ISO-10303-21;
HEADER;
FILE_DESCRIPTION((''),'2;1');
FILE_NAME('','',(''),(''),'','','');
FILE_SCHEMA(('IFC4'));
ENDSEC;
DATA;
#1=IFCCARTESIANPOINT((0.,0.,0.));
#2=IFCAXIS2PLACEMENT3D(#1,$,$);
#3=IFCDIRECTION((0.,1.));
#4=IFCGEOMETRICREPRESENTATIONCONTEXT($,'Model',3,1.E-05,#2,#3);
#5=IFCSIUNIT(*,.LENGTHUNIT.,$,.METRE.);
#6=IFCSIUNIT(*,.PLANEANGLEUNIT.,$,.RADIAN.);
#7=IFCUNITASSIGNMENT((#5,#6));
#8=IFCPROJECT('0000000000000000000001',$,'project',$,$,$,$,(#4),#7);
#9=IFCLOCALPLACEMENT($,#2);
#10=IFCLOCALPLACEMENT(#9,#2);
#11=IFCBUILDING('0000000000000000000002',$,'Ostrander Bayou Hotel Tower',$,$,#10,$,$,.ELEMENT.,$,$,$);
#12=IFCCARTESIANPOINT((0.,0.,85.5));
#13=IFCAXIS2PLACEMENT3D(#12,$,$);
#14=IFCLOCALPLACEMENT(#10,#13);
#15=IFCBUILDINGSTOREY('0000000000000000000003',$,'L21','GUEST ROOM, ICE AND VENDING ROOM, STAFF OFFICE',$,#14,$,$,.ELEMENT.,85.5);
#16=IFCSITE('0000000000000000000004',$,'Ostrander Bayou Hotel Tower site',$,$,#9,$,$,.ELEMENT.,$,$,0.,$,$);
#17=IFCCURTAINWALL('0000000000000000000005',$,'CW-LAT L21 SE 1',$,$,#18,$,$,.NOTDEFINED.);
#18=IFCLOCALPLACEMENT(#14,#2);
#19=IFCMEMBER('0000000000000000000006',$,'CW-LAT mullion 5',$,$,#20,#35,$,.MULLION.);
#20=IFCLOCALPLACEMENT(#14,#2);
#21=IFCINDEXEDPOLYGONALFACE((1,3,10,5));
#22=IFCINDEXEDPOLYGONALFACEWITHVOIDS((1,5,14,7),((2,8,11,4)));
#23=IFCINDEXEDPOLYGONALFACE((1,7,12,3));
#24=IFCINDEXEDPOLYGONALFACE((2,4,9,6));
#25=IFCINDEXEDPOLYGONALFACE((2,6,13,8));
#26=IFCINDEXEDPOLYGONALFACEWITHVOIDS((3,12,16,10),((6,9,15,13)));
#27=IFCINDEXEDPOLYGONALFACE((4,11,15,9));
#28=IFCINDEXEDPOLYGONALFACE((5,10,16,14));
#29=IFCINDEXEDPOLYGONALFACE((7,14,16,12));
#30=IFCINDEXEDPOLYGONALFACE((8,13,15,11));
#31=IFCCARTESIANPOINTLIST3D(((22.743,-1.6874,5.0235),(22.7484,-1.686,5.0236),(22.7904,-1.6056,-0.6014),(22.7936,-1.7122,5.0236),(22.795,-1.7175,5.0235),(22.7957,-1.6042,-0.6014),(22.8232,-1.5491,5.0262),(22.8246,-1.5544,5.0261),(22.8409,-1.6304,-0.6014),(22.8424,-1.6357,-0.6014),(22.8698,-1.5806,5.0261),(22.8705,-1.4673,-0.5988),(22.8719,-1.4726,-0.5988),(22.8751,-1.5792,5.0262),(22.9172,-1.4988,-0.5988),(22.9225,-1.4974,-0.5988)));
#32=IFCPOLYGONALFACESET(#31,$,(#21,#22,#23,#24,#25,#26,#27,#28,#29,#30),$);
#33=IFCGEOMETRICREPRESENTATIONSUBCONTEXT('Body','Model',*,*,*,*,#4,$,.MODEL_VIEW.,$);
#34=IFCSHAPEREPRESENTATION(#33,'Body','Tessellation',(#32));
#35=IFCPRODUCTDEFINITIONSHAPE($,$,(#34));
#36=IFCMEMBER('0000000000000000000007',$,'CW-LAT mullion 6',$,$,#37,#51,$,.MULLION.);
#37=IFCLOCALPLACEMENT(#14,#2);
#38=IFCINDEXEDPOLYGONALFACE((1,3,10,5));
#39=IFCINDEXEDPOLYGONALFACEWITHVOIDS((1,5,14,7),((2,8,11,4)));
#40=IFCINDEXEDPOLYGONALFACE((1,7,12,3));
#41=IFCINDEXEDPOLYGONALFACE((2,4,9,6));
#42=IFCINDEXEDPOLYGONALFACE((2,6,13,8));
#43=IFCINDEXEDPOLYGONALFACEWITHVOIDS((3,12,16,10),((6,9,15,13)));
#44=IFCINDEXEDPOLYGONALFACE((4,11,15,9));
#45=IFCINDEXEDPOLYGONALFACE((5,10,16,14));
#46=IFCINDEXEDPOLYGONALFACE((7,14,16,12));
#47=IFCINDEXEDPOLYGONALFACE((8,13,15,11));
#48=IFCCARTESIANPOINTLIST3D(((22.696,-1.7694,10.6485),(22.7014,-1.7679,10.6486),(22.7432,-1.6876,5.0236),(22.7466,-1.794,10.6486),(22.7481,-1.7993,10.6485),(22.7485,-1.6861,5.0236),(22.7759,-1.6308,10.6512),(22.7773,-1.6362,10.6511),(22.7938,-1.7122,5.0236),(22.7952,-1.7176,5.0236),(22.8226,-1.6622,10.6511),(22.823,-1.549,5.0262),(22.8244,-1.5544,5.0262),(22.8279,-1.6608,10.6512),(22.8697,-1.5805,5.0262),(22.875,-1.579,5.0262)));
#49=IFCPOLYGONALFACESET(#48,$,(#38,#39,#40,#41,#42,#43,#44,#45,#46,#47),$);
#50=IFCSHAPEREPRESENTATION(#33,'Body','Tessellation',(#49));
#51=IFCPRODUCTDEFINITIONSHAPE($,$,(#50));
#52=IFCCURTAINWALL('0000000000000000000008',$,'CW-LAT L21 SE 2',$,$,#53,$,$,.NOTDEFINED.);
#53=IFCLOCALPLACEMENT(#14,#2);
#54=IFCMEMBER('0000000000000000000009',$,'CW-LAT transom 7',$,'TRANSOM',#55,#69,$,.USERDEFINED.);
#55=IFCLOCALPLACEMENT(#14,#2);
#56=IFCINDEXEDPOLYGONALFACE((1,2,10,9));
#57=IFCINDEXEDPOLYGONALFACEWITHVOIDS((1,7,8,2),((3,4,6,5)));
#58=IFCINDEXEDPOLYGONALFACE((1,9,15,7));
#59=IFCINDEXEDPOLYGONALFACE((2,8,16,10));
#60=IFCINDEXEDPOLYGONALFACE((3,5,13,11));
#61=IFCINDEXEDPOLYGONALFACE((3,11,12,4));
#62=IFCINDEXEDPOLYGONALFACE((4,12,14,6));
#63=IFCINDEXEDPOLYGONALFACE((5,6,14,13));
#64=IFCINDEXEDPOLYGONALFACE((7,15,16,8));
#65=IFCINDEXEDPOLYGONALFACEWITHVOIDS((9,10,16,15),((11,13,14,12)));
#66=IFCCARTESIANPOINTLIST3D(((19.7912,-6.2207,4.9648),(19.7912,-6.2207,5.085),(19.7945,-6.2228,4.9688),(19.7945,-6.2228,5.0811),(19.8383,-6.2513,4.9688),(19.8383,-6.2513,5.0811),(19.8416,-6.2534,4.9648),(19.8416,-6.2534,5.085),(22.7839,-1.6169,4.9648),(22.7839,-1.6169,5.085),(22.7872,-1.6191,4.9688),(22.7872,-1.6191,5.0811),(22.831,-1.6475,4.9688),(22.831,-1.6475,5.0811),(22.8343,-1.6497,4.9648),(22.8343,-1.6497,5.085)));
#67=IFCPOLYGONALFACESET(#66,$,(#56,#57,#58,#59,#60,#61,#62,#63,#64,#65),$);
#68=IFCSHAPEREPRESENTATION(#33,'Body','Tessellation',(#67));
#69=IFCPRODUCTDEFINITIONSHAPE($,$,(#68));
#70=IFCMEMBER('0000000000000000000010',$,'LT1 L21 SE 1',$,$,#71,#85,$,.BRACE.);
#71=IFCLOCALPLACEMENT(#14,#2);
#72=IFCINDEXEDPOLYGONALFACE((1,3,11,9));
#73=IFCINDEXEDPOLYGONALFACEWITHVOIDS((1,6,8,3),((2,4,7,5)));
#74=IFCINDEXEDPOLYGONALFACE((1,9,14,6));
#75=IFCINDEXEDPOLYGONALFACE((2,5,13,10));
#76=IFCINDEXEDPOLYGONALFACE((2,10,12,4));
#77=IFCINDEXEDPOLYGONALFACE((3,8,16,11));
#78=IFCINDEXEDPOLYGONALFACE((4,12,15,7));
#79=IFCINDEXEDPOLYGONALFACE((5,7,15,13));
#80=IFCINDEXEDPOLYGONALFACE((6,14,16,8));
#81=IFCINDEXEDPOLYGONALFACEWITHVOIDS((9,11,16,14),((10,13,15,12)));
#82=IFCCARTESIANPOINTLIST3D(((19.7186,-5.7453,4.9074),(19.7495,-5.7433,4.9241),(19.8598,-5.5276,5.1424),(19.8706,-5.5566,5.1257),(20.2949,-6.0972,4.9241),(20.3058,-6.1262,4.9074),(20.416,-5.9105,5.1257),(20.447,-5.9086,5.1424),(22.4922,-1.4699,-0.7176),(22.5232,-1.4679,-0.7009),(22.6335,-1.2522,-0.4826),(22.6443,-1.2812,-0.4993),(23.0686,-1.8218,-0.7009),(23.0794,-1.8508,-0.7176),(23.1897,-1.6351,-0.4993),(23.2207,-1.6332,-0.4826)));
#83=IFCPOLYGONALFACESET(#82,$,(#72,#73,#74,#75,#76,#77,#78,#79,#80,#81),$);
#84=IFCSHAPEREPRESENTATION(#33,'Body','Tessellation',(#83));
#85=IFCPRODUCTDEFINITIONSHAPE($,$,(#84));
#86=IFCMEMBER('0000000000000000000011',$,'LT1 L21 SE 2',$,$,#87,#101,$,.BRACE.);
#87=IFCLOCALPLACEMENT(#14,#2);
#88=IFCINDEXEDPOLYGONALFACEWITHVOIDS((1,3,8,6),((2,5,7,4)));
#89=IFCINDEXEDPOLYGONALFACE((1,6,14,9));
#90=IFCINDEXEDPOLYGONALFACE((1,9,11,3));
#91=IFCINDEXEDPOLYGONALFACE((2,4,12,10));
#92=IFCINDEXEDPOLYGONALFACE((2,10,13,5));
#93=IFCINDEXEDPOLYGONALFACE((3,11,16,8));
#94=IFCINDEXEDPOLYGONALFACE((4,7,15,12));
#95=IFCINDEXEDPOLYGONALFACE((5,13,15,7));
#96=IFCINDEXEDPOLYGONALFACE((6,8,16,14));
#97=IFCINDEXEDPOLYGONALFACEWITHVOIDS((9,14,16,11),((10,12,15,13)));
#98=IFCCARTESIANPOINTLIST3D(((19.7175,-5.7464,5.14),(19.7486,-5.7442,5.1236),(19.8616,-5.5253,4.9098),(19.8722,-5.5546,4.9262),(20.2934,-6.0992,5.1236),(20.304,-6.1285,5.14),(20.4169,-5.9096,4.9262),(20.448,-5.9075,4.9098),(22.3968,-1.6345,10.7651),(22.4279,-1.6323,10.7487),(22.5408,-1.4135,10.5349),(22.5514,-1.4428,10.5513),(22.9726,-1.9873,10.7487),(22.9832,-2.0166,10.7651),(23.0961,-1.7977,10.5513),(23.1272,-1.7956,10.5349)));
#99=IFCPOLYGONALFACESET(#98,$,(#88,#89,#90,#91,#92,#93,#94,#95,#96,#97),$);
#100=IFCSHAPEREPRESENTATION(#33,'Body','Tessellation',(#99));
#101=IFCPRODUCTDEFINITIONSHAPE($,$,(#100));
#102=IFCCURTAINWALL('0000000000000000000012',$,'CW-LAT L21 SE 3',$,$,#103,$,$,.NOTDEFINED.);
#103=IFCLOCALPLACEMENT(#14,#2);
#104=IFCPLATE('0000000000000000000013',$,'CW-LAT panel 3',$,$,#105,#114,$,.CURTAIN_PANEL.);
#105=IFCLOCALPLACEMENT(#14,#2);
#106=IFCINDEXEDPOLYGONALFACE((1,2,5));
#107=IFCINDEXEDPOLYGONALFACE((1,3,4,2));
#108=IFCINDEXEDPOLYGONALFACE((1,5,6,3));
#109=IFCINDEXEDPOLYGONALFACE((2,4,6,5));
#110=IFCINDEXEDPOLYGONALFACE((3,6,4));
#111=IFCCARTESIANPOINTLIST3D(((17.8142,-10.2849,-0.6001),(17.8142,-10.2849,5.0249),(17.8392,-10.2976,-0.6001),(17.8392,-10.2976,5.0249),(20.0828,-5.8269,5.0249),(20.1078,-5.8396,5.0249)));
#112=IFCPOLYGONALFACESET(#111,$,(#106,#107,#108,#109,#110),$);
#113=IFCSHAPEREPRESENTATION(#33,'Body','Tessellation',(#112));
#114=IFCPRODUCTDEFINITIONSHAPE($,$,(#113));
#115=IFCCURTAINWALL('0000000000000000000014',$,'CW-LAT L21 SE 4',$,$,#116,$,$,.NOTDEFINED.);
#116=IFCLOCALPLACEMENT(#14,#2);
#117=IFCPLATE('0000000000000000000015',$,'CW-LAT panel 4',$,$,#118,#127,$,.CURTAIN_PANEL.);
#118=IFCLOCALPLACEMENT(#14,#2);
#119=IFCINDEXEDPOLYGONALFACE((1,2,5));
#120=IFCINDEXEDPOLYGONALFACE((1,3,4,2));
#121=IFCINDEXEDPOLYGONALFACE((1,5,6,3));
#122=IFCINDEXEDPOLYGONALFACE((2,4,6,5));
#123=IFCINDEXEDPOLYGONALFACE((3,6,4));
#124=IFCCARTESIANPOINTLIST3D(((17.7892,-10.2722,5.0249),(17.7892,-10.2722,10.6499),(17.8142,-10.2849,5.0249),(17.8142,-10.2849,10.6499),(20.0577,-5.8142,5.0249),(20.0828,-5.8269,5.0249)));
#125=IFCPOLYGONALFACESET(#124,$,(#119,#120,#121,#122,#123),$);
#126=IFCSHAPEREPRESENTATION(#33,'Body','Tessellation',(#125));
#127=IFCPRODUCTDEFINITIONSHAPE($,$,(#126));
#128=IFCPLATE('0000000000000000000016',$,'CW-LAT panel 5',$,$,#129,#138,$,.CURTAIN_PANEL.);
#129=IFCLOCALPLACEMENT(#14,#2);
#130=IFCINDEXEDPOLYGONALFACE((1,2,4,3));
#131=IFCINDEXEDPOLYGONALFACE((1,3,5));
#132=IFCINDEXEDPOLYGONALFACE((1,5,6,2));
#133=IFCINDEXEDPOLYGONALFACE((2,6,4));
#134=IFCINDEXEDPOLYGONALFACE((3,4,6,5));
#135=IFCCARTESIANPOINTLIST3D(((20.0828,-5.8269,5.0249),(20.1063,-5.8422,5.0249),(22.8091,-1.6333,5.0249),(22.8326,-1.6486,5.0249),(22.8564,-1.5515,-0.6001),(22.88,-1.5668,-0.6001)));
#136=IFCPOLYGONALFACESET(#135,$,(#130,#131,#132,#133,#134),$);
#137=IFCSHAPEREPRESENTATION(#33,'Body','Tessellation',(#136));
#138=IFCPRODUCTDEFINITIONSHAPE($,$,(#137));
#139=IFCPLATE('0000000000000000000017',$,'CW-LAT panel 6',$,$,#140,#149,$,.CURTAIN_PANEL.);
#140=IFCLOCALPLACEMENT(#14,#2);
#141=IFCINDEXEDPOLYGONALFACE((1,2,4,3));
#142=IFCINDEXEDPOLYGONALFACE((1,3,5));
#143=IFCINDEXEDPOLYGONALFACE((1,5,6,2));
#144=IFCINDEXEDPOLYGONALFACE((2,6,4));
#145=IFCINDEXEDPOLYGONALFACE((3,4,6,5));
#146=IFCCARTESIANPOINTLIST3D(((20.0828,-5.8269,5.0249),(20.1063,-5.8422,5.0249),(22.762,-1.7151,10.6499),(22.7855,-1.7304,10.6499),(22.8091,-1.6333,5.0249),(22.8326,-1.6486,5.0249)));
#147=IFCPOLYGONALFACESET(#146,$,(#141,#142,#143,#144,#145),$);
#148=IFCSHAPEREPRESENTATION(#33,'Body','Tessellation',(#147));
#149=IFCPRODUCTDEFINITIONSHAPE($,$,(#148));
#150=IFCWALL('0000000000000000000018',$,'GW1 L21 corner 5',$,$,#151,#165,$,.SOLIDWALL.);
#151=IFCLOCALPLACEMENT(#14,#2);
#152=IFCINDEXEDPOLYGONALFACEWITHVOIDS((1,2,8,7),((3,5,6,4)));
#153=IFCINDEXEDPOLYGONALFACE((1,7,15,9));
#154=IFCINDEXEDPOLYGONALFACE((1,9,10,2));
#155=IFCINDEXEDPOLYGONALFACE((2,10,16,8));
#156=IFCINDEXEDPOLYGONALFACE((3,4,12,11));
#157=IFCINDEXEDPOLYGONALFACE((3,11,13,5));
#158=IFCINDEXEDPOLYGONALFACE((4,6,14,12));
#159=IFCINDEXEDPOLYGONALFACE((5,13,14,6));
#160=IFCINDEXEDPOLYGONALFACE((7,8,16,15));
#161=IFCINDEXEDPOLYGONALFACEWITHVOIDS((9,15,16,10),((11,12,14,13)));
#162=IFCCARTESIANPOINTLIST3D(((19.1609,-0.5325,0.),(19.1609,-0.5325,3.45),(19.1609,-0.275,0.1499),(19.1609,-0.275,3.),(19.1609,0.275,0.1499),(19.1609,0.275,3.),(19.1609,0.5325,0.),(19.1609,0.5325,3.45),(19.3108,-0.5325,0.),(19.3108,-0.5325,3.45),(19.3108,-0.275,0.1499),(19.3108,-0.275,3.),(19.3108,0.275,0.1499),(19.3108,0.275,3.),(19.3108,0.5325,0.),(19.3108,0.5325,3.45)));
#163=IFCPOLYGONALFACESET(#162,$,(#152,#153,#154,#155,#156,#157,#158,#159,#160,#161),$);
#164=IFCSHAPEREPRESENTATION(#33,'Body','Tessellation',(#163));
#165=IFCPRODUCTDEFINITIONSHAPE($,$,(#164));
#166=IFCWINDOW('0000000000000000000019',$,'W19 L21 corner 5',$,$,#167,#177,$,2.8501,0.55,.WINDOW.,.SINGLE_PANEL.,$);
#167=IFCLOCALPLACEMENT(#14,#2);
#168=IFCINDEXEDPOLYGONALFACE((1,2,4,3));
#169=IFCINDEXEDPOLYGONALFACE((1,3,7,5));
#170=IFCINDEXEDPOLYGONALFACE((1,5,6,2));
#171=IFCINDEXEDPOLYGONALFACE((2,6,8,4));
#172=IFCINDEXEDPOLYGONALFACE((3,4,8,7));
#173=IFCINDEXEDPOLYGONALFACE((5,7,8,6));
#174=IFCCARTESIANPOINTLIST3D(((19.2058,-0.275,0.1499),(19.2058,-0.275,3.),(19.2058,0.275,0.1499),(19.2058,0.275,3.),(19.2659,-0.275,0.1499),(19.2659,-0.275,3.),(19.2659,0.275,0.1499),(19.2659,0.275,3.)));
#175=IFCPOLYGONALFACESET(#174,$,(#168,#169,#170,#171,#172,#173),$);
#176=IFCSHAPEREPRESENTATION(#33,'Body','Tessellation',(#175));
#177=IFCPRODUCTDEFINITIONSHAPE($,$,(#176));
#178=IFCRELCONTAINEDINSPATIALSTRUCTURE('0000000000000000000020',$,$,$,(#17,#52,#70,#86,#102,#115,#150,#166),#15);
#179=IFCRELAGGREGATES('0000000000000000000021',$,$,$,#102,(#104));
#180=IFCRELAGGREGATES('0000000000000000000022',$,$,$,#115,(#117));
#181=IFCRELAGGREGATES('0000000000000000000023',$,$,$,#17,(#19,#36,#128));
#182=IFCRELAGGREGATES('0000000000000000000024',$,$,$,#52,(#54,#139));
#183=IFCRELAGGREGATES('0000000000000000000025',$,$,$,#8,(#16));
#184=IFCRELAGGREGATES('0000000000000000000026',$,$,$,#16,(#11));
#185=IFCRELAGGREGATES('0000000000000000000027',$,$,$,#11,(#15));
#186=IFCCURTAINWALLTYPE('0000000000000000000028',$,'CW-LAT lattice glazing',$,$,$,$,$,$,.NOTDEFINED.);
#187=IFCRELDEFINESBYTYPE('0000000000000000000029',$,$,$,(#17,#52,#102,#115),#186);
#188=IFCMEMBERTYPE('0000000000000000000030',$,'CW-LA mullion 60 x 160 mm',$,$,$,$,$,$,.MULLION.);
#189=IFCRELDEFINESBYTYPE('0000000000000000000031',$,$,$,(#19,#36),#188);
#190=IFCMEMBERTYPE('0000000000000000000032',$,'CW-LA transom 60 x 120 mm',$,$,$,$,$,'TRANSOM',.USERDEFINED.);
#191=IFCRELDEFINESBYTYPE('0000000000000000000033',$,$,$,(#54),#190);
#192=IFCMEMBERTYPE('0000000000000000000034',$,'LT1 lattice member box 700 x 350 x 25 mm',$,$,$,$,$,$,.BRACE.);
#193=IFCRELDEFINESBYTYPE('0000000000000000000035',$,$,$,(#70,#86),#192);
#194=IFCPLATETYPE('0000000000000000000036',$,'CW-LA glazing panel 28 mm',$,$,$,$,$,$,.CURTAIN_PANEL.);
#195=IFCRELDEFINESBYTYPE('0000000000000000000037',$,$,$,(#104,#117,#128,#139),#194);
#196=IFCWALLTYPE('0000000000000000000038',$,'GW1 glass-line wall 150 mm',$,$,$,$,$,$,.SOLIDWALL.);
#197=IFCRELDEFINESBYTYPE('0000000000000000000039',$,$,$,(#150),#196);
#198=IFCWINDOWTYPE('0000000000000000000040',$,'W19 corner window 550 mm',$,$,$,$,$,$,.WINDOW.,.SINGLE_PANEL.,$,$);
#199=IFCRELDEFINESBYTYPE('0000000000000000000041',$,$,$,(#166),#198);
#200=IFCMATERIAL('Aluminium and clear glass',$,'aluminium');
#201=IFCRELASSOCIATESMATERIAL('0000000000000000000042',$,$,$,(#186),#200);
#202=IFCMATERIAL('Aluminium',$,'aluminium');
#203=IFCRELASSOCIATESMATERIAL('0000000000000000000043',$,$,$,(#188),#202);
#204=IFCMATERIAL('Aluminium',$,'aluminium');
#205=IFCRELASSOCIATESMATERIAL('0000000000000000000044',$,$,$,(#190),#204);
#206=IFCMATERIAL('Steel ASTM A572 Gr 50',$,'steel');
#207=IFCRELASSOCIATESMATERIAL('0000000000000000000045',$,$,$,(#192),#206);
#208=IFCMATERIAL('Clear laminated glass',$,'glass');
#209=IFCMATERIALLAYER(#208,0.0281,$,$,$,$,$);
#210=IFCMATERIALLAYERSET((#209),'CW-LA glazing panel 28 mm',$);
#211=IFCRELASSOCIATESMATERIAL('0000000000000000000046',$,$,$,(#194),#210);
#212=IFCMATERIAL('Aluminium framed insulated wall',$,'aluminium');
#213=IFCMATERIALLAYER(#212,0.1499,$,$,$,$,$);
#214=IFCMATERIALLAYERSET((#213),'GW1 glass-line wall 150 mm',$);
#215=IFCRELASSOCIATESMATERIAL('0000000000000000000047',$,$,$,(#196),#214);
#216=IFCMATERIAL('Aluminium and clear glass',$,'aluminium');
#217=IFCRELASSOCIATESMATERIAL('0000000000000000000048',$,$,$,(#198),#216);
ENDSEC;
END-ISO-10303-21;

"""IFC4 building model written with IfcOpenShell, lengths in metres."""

from ifc_helpers import new_model, si_unit, direction, frame, frame_2d, origin, origin_2d, place, context, subcontext, project, spatial, polyline, rectangle, hollow_rectangle, outline, extrude, material, layer, layer_set, material_profile, profile_set, type_object, element, fill, aggregate, save


model = new_model("IFC4")

# Units and contexts
model_context = context("Model", 3, precision=1e-05, world=origin(), true_north=direction((0.0, 1.0)))
body_context = subcontext(model_context, "Body", "Model", "MODEL_VIEW")
ifc_project = project(units=[si_unit("LENGTHUNIT", "METRE"), si_unit("PLANEANGLEUNIT", "RADIAN")], contexts=[model_context])

# Site, building, storey
site_placement = place(None, origin())
site = spatial("IfcSite", under=ifc_project, at=site_placement, Name="Ostrander Bayou Hotel Tower site", CompositionType="ELEMENT", RefElevation=0.0)
building_placement = place(site_placement, origin())
building = spatial("IfcBuilding", under=site, at=building_placement, Name="Ostrander Bayou Hotel Tower", CompositionType="ELEMENT")
storey_placement = place(building_placement, frame((0.0, 0.0, 85.5)))
storey = spatial("IfcBuildingStorey", under=building, at=storey_placement, Name="L21", Description="GUEST ROOM, ICE AND VENDING ROOM, STAFF OFFICE", CompositionType="ELEMENT", Elevation=85.5)

# Curtain wall, members
ifc_material_1 = material(Name="Aluminium and clear glass", Category="aluminium")
curtain_wall_type = type_object("IfcCurtainWallType", Name="CW-LAT lattice glazing", PredefinedType="NOTDEFINED", material=ifc_material_1)
curtain_wall_1_placement = place(storey_placement, origin())
curtain_wall_1 = element("IfcCurtainWall", 1, at=curtain_wall_1_placement, inside=storey, type_object=curtain_wall_type, Name="CW-LAT L21 SE 1", PredefinedType="NOTDEFINED")
ifc_material_2 = material(Name="Aluminium", Category="aluminium")
ifc_material_profile_1 = material_profile(ifc_material_2, hollow_rectangle(XDim=0.0601, YDim=0.1599, WallThickness=0.0039, at=origin_2d()))
ifc_profile_set_1 = profile_set([ifc_material_profile_1], Name="Aluminium")
member_type_1 = type_object("IfcMemberType", Name="CW-LA mullion 60 x 160 mm", PredefinedType="MULLION", material=ifc_profile_set_1)
member_1_placement = place(storey_placement, frame((22.8564, -1.5515, -0.6001), z_axis=(-0.008419, -0.014538, 0.999859), x_axis=(0.865367, -0.501138, 0.0)))
member_1 = element("IfcMember", 2, at=member_1_placement, type_object=member_type_1, Name="CW-LAT mullion 5", PredefinedType="MULLION", context=body_context, shape_type="SweptSolid", body=[
    extrude(hollow_rectangle(XDim=0.0601, YDim=0.1599, WallThickness=0.0039, at=origin_2d()), origin(), (0.0, 0.0, 1.0), 5.6257),
])
member_2_placement = place(storey_placement, frame((22.8091, -1.6333, 5.0249), z_axis=(-0.008376, -0.014538, 0.999859), x_axis=(0.866487, -0.4992, 0.0)))
member_2 = element("IfcMember", 3, at=member_2_placement, type_object=member_type_1, Name="CW-LAT mullion 6", PredefinedType="MULLION", context=body_context, shape_type="SweptSolid", body=[
    extrude(hollow_rectangle(XDim=0.0601, YDim=0.1599, WallThickness=0.0039, at=origin_2d()), origin(), (0.0, 0.0, 1.0), 5.6257),
])

# Curtain wall, member
curtain_wall_2_placement = place(storey_placement, origin())
curtain_wall_2 = element("IfcCurtainWall", 4, at=curtain_wall_2_placement, inside=storey, type_object=curtain_wall_type, Name="CW-LAT L21 SE 2", PredefinedType="NOTDEFINED")
ifc_material_3 = material(Name="Aluminium", Category="aluminium")
ifc_material_profile_2 = material_profile(ifc_material_3, hollow_rectangle(XDim=0.0601, YDim=0.1201, WallThickness=0.0039, at=origin_2d()))
ifc_profile_set_2 = profile_set([ifc_material_profile_2], Name="Aluminium")
member_type_2 = type_object("IfcMemberType", Name="CW-LA transom 60 x 120 mm", ElementType="TRANSOM", PredefinedType="USERDEFINED", material=ifc_profile_set_2)
member_3_placement = place(storey_placement, frame((22.8091, -1.6333, 5.0249), z_axis=(-0.545018, -0.838424, 0.0), x_axis=(0.838424, -0.545018, 0.0)))
member_3 = element("IfcMember", 5, at=member_3_placement, type_object=member_type_2, Name="CW-LAT transom 7", ObjectType="TRANSOM", PredefinedType="USERDEFINED", context=body_context, shape_type="SweptSolid", body=[
    extrude(hollow_rectangle(XDim=0.0601, YDim=0.1201, WallThickness=0.0039, at=origin_2d()), origin(), (0.0, 0.0, 1.0), 5.491),
])

# Members
ifc_material_4 = material(Name="Steel ASTM A572 Gr 50", Category="steel")
ifc_material_profile_3 = material_profile(ifc_material_4, hollow_rectangle(XDim=0.7, YDim=0.3501, WallThickness=0.0249, at=origin_2d()))
ifc_profile_set_3 = profile_set([ifc_material_profile_3], Name="Steel ASTM A572 Gr 50")
member_type_3 = type_object("IfcMemberType", Name="LT1 lattice member box 700 x 350 x 25 mm", PredefinedType="BRACE", material=ifc_profile_set_3)
member_4_placement = place(storey_placement, frame((20.0828, -5.8269, 5.0249), z_axis=(0.365424, 0.563269, -0.741076), x_axis=(-0.83892, 0.544254, 0.0)))
element("IfcMember", 6, at=member_4_placement, inside=storey, type_object=member_type_3, Name="LT1 L21 SE 1", PredefinedType="BRACE", context=body_context, shape_type="SweptSolid", body=[
    extrude(hollow_rectangle(XDim=0.7, YDim=0.3501, WallThickness=0.0249, at=origin_2d()), origin(), (0.0, 0.0, 1.0), 7.5903),
])
member_5_placement = place(storey_placement, frame((20.0828, -5.8269, 5.0249), z_axis=(0.358903, 0.550815, 0.75352), x_axis=(-0.837836, 0.545922, 0.0)))
element("IfcMember", 7, at=member_5_placement, inside=storey, type_object=member_type_3, Name="LT1 L21 SE 2", PredefinedType="BRACE", context=body_context, shape_type="SweptSolid", body=[
    extrude(hollow_rectangle(XDim=0.7, YDim=0.3501, WallThickness=0.0249, at=origin_2d()), origin(), (0.0, 0.0, 1.0), 7.4651),
])

# Curtain walls, plates
curtain_wall_3_placement = place(storey_placement, origin())
curtain_wall_3 = element("IfcCurtainWall", 8, at=curtain_wall_3_placement, inside=storey, type_object=curtain_wall_type, Name="CW-LAT L21 SE 3", PredefinedType="NOTDEFINED")
ifc_material_5 = material(Name="Clear laminated glass", Category="glass")
ifc_layer_1 = layer(ifc_material_5, 0.0281)
ifc_layer_set_1 = layer_set([ifc_layer_1], Name="CW-LA glazing panel 28 mm")
plate_type = type_object("IfcPlateType", Name="CW-LA glazing panel 28 mm", PredefinedType="CURTAIN_PANEL", material=ifc_layer_set_1)
plate_1_placement = place(storey_placement, frame((20.0828, -5.8269, 5.0249), z_axis=(-0.891242, 0.453528, 0.0), x_axis=(-0.301375, -0.592242, -0.747276)))
plate_1 = element("IfcPlate", 9, at=plate_1_placement, type_object=plate_type, Name="CW-LAT panel 3", PredefinedType="CURTAIN_PANEL", context=body_context, shape_type="SweptSolid", body=[
    extrude(outline(polyline([(0.0, 0.0), (7.5273, 0.0), (3.3239, 3.7379), (0.0, 0.0)])), origin(), (0.0, 0.0, -1.0), 0.0281),
])
aggregate(curtain_wall_3, [plate_1])
curtain_wall_4_placement = place(storey_placement, origin())
curtain_wall_4 = element("IfcCurtainWall", 10, at=curtain_wall_4_placement, inside=storey, type_object=curtain_wall_type, Name="CW-LAT L21 SE 4", PredefinedType="NOTDEFINED")
plate_2_placement = place(storey_placement, frame((20.0828, -5.8269, 5.0249), z_axis=(0.891242, -0.453528, 0.0), x_axis=(-0.301375, -0.592242, 0.747276)))
plate_2 = element("IfcPlate", 11, at=plate_2_placement, type_object=plate_type, Name="CW-LAT panel 4", PredefinedType="CURTAIN_PANEL", context=body_context, shape_type="SweptSolid", body=[
    extrude(outline(polyline([(0.0, 0.0), (7.5273, 0.0), (3.3239, 3.7379), (0.0, 0.0)])), origin(), (0.0, 0.0, -1.0), 0.0281),
])
aggregate(curtain_wall_4, [plate_2])

# Plates
plate_3_placement = place(storey_placement, frame((20.0828, -5.8269, 5.0249), z_axis=(-0.8384, 0.545055, 0.000866), x_axis=(0.365424, 0.563269, -0.741076)))
plate_3 = element("IfcPlate", 12, at=plate_3_placement, type_object=plate_type, Name="CW-LAT panel 5", PredefinedType="CURTAIN_PANEL", context=body_context, shape_type="SweptSolid", body=[
    extrude(outline(polyline([(0.0, 0.0), (7.5903, 0.0), (3.3584, -3.7068), (0.0, 0.0)])), origin(), (0.0, 0.0, -1.0), 0.0281),
])
aggregate(curtain_wall_1, [member_1, member_2, plate_3])
plate_4_placement = place(storey_placement, frame((20.0828, -5.8269, 5.0249), z_axis=(-0.8384, 0.545055, 0.000902), x_axis=(0.358903, 0.550815, 0.75352)))
plate_4 = element("IfcPlate", 13, at=plate_4_placement, type_object=plate_type, Name="CW-LAT panel 6", PredefinedType="CURTAIN_PANEL", context=body_context, shape_type="SweptSolid", body=[
    extrude(outline(polyline([(0.0, 0.0), (7.465, 0.0), (3.2884, 3.769), (0.0, 0.0)])), origin(), (0.0, 0.0, -1.0), 0.0281),
])
aggregate(curtain_wall_2, [member_3, plate_4])

# Wall, opening, window
ifc_material_6 = material(Name="Aluminium framed insulated wall", Category="aluminium")
ifc_layer_2 = layer(ifc_material_6, 0.1499)
ifc_layer_set_2 = layer_set([ifc_layer_2], Name="GW1 glass-line wall 150 mm")
wall_type_1 = type_object("IfcWallType", Name="GW1 glass-line wall 150 mm", PredefinedType="SOLIDWALL", material=ifc_layer_set_2)
wall_1_placement = place(storey_placement, frame((19.2358, -0.5325, 0.0), z_axis=(0.0, 0.0, 1.0), x_axis=(0.0, 1.0, 0.0)))
wall_1 = element("IfcWall", 14, at=wall_1_placement, inside=storey, type_object=wall_type_1, Name="GW1 L21 corner 5", PredefinedType="SOLIDWALL", context=body_context, shape_type="SweptSolid", body=[
    extrude(rectangle(XDim=1.0649, YDim=0.1499, at=frame_2d((0.5325, 0.0))), origin(), (0.0, 0.0, 1.0), 3.45),
])
opening_1_placement = place(wall_1_placement, frame((0.2576, 0.0, 0.1499)))
opening_1 = element("IfcOpeningElement", 15, at=opening_1_placement, cuts=wall_1, PredefinedType="OPENING", context=body_context, shape_type="SweptSolid", body=[
    extrude(rectangle(XDim=0.55, YDim=2.8501, at=frame_2d((0.2749, 1.425))), frame((0.0, 0.075, 0.0), z_axis=(0.0, -1.0, 0.0), x_axis=(1.0, 0.0, 0.0)), (0.0, 0.0, 1.0), 0.1499),
])
ifc_material_7 = material(Name="Aluminium and clear glass", Category="aluminium")
window_type = type_object("IfcWindowType", Name="W19 corner window 550 mm", PartitioningType="SINGLE_PANEL", PredefinedType="WINDOW", material=ifc_material_7)
window_placement = place(opening_1_placement, origin())
window = element("IfcWindow", 16, at=window_placement, inside=storey, type_object=window_type, Name="W19 L21 corner 5", OverallHeight=2.8501, OverallWidth=0.55, PartitioningType="SINGLE_PANEL", PredefinedType="WINDOW", context=body_context, shape_type="SweptSolid", body=[
    extrude(rectangle(XDim=0.55, YDim=2.8501, at=frame_2d((0.2749, 1.425))), frame((0.0, 0.03, 0.0), z_axis=(0.0, -1.0, 0.0), x_axis=(1.0, 0.0, 0.0)), (0.0, 0.0, 1.0), 0.0601),
])
fill(opening_1, window)

save(model, "model.ifc")
